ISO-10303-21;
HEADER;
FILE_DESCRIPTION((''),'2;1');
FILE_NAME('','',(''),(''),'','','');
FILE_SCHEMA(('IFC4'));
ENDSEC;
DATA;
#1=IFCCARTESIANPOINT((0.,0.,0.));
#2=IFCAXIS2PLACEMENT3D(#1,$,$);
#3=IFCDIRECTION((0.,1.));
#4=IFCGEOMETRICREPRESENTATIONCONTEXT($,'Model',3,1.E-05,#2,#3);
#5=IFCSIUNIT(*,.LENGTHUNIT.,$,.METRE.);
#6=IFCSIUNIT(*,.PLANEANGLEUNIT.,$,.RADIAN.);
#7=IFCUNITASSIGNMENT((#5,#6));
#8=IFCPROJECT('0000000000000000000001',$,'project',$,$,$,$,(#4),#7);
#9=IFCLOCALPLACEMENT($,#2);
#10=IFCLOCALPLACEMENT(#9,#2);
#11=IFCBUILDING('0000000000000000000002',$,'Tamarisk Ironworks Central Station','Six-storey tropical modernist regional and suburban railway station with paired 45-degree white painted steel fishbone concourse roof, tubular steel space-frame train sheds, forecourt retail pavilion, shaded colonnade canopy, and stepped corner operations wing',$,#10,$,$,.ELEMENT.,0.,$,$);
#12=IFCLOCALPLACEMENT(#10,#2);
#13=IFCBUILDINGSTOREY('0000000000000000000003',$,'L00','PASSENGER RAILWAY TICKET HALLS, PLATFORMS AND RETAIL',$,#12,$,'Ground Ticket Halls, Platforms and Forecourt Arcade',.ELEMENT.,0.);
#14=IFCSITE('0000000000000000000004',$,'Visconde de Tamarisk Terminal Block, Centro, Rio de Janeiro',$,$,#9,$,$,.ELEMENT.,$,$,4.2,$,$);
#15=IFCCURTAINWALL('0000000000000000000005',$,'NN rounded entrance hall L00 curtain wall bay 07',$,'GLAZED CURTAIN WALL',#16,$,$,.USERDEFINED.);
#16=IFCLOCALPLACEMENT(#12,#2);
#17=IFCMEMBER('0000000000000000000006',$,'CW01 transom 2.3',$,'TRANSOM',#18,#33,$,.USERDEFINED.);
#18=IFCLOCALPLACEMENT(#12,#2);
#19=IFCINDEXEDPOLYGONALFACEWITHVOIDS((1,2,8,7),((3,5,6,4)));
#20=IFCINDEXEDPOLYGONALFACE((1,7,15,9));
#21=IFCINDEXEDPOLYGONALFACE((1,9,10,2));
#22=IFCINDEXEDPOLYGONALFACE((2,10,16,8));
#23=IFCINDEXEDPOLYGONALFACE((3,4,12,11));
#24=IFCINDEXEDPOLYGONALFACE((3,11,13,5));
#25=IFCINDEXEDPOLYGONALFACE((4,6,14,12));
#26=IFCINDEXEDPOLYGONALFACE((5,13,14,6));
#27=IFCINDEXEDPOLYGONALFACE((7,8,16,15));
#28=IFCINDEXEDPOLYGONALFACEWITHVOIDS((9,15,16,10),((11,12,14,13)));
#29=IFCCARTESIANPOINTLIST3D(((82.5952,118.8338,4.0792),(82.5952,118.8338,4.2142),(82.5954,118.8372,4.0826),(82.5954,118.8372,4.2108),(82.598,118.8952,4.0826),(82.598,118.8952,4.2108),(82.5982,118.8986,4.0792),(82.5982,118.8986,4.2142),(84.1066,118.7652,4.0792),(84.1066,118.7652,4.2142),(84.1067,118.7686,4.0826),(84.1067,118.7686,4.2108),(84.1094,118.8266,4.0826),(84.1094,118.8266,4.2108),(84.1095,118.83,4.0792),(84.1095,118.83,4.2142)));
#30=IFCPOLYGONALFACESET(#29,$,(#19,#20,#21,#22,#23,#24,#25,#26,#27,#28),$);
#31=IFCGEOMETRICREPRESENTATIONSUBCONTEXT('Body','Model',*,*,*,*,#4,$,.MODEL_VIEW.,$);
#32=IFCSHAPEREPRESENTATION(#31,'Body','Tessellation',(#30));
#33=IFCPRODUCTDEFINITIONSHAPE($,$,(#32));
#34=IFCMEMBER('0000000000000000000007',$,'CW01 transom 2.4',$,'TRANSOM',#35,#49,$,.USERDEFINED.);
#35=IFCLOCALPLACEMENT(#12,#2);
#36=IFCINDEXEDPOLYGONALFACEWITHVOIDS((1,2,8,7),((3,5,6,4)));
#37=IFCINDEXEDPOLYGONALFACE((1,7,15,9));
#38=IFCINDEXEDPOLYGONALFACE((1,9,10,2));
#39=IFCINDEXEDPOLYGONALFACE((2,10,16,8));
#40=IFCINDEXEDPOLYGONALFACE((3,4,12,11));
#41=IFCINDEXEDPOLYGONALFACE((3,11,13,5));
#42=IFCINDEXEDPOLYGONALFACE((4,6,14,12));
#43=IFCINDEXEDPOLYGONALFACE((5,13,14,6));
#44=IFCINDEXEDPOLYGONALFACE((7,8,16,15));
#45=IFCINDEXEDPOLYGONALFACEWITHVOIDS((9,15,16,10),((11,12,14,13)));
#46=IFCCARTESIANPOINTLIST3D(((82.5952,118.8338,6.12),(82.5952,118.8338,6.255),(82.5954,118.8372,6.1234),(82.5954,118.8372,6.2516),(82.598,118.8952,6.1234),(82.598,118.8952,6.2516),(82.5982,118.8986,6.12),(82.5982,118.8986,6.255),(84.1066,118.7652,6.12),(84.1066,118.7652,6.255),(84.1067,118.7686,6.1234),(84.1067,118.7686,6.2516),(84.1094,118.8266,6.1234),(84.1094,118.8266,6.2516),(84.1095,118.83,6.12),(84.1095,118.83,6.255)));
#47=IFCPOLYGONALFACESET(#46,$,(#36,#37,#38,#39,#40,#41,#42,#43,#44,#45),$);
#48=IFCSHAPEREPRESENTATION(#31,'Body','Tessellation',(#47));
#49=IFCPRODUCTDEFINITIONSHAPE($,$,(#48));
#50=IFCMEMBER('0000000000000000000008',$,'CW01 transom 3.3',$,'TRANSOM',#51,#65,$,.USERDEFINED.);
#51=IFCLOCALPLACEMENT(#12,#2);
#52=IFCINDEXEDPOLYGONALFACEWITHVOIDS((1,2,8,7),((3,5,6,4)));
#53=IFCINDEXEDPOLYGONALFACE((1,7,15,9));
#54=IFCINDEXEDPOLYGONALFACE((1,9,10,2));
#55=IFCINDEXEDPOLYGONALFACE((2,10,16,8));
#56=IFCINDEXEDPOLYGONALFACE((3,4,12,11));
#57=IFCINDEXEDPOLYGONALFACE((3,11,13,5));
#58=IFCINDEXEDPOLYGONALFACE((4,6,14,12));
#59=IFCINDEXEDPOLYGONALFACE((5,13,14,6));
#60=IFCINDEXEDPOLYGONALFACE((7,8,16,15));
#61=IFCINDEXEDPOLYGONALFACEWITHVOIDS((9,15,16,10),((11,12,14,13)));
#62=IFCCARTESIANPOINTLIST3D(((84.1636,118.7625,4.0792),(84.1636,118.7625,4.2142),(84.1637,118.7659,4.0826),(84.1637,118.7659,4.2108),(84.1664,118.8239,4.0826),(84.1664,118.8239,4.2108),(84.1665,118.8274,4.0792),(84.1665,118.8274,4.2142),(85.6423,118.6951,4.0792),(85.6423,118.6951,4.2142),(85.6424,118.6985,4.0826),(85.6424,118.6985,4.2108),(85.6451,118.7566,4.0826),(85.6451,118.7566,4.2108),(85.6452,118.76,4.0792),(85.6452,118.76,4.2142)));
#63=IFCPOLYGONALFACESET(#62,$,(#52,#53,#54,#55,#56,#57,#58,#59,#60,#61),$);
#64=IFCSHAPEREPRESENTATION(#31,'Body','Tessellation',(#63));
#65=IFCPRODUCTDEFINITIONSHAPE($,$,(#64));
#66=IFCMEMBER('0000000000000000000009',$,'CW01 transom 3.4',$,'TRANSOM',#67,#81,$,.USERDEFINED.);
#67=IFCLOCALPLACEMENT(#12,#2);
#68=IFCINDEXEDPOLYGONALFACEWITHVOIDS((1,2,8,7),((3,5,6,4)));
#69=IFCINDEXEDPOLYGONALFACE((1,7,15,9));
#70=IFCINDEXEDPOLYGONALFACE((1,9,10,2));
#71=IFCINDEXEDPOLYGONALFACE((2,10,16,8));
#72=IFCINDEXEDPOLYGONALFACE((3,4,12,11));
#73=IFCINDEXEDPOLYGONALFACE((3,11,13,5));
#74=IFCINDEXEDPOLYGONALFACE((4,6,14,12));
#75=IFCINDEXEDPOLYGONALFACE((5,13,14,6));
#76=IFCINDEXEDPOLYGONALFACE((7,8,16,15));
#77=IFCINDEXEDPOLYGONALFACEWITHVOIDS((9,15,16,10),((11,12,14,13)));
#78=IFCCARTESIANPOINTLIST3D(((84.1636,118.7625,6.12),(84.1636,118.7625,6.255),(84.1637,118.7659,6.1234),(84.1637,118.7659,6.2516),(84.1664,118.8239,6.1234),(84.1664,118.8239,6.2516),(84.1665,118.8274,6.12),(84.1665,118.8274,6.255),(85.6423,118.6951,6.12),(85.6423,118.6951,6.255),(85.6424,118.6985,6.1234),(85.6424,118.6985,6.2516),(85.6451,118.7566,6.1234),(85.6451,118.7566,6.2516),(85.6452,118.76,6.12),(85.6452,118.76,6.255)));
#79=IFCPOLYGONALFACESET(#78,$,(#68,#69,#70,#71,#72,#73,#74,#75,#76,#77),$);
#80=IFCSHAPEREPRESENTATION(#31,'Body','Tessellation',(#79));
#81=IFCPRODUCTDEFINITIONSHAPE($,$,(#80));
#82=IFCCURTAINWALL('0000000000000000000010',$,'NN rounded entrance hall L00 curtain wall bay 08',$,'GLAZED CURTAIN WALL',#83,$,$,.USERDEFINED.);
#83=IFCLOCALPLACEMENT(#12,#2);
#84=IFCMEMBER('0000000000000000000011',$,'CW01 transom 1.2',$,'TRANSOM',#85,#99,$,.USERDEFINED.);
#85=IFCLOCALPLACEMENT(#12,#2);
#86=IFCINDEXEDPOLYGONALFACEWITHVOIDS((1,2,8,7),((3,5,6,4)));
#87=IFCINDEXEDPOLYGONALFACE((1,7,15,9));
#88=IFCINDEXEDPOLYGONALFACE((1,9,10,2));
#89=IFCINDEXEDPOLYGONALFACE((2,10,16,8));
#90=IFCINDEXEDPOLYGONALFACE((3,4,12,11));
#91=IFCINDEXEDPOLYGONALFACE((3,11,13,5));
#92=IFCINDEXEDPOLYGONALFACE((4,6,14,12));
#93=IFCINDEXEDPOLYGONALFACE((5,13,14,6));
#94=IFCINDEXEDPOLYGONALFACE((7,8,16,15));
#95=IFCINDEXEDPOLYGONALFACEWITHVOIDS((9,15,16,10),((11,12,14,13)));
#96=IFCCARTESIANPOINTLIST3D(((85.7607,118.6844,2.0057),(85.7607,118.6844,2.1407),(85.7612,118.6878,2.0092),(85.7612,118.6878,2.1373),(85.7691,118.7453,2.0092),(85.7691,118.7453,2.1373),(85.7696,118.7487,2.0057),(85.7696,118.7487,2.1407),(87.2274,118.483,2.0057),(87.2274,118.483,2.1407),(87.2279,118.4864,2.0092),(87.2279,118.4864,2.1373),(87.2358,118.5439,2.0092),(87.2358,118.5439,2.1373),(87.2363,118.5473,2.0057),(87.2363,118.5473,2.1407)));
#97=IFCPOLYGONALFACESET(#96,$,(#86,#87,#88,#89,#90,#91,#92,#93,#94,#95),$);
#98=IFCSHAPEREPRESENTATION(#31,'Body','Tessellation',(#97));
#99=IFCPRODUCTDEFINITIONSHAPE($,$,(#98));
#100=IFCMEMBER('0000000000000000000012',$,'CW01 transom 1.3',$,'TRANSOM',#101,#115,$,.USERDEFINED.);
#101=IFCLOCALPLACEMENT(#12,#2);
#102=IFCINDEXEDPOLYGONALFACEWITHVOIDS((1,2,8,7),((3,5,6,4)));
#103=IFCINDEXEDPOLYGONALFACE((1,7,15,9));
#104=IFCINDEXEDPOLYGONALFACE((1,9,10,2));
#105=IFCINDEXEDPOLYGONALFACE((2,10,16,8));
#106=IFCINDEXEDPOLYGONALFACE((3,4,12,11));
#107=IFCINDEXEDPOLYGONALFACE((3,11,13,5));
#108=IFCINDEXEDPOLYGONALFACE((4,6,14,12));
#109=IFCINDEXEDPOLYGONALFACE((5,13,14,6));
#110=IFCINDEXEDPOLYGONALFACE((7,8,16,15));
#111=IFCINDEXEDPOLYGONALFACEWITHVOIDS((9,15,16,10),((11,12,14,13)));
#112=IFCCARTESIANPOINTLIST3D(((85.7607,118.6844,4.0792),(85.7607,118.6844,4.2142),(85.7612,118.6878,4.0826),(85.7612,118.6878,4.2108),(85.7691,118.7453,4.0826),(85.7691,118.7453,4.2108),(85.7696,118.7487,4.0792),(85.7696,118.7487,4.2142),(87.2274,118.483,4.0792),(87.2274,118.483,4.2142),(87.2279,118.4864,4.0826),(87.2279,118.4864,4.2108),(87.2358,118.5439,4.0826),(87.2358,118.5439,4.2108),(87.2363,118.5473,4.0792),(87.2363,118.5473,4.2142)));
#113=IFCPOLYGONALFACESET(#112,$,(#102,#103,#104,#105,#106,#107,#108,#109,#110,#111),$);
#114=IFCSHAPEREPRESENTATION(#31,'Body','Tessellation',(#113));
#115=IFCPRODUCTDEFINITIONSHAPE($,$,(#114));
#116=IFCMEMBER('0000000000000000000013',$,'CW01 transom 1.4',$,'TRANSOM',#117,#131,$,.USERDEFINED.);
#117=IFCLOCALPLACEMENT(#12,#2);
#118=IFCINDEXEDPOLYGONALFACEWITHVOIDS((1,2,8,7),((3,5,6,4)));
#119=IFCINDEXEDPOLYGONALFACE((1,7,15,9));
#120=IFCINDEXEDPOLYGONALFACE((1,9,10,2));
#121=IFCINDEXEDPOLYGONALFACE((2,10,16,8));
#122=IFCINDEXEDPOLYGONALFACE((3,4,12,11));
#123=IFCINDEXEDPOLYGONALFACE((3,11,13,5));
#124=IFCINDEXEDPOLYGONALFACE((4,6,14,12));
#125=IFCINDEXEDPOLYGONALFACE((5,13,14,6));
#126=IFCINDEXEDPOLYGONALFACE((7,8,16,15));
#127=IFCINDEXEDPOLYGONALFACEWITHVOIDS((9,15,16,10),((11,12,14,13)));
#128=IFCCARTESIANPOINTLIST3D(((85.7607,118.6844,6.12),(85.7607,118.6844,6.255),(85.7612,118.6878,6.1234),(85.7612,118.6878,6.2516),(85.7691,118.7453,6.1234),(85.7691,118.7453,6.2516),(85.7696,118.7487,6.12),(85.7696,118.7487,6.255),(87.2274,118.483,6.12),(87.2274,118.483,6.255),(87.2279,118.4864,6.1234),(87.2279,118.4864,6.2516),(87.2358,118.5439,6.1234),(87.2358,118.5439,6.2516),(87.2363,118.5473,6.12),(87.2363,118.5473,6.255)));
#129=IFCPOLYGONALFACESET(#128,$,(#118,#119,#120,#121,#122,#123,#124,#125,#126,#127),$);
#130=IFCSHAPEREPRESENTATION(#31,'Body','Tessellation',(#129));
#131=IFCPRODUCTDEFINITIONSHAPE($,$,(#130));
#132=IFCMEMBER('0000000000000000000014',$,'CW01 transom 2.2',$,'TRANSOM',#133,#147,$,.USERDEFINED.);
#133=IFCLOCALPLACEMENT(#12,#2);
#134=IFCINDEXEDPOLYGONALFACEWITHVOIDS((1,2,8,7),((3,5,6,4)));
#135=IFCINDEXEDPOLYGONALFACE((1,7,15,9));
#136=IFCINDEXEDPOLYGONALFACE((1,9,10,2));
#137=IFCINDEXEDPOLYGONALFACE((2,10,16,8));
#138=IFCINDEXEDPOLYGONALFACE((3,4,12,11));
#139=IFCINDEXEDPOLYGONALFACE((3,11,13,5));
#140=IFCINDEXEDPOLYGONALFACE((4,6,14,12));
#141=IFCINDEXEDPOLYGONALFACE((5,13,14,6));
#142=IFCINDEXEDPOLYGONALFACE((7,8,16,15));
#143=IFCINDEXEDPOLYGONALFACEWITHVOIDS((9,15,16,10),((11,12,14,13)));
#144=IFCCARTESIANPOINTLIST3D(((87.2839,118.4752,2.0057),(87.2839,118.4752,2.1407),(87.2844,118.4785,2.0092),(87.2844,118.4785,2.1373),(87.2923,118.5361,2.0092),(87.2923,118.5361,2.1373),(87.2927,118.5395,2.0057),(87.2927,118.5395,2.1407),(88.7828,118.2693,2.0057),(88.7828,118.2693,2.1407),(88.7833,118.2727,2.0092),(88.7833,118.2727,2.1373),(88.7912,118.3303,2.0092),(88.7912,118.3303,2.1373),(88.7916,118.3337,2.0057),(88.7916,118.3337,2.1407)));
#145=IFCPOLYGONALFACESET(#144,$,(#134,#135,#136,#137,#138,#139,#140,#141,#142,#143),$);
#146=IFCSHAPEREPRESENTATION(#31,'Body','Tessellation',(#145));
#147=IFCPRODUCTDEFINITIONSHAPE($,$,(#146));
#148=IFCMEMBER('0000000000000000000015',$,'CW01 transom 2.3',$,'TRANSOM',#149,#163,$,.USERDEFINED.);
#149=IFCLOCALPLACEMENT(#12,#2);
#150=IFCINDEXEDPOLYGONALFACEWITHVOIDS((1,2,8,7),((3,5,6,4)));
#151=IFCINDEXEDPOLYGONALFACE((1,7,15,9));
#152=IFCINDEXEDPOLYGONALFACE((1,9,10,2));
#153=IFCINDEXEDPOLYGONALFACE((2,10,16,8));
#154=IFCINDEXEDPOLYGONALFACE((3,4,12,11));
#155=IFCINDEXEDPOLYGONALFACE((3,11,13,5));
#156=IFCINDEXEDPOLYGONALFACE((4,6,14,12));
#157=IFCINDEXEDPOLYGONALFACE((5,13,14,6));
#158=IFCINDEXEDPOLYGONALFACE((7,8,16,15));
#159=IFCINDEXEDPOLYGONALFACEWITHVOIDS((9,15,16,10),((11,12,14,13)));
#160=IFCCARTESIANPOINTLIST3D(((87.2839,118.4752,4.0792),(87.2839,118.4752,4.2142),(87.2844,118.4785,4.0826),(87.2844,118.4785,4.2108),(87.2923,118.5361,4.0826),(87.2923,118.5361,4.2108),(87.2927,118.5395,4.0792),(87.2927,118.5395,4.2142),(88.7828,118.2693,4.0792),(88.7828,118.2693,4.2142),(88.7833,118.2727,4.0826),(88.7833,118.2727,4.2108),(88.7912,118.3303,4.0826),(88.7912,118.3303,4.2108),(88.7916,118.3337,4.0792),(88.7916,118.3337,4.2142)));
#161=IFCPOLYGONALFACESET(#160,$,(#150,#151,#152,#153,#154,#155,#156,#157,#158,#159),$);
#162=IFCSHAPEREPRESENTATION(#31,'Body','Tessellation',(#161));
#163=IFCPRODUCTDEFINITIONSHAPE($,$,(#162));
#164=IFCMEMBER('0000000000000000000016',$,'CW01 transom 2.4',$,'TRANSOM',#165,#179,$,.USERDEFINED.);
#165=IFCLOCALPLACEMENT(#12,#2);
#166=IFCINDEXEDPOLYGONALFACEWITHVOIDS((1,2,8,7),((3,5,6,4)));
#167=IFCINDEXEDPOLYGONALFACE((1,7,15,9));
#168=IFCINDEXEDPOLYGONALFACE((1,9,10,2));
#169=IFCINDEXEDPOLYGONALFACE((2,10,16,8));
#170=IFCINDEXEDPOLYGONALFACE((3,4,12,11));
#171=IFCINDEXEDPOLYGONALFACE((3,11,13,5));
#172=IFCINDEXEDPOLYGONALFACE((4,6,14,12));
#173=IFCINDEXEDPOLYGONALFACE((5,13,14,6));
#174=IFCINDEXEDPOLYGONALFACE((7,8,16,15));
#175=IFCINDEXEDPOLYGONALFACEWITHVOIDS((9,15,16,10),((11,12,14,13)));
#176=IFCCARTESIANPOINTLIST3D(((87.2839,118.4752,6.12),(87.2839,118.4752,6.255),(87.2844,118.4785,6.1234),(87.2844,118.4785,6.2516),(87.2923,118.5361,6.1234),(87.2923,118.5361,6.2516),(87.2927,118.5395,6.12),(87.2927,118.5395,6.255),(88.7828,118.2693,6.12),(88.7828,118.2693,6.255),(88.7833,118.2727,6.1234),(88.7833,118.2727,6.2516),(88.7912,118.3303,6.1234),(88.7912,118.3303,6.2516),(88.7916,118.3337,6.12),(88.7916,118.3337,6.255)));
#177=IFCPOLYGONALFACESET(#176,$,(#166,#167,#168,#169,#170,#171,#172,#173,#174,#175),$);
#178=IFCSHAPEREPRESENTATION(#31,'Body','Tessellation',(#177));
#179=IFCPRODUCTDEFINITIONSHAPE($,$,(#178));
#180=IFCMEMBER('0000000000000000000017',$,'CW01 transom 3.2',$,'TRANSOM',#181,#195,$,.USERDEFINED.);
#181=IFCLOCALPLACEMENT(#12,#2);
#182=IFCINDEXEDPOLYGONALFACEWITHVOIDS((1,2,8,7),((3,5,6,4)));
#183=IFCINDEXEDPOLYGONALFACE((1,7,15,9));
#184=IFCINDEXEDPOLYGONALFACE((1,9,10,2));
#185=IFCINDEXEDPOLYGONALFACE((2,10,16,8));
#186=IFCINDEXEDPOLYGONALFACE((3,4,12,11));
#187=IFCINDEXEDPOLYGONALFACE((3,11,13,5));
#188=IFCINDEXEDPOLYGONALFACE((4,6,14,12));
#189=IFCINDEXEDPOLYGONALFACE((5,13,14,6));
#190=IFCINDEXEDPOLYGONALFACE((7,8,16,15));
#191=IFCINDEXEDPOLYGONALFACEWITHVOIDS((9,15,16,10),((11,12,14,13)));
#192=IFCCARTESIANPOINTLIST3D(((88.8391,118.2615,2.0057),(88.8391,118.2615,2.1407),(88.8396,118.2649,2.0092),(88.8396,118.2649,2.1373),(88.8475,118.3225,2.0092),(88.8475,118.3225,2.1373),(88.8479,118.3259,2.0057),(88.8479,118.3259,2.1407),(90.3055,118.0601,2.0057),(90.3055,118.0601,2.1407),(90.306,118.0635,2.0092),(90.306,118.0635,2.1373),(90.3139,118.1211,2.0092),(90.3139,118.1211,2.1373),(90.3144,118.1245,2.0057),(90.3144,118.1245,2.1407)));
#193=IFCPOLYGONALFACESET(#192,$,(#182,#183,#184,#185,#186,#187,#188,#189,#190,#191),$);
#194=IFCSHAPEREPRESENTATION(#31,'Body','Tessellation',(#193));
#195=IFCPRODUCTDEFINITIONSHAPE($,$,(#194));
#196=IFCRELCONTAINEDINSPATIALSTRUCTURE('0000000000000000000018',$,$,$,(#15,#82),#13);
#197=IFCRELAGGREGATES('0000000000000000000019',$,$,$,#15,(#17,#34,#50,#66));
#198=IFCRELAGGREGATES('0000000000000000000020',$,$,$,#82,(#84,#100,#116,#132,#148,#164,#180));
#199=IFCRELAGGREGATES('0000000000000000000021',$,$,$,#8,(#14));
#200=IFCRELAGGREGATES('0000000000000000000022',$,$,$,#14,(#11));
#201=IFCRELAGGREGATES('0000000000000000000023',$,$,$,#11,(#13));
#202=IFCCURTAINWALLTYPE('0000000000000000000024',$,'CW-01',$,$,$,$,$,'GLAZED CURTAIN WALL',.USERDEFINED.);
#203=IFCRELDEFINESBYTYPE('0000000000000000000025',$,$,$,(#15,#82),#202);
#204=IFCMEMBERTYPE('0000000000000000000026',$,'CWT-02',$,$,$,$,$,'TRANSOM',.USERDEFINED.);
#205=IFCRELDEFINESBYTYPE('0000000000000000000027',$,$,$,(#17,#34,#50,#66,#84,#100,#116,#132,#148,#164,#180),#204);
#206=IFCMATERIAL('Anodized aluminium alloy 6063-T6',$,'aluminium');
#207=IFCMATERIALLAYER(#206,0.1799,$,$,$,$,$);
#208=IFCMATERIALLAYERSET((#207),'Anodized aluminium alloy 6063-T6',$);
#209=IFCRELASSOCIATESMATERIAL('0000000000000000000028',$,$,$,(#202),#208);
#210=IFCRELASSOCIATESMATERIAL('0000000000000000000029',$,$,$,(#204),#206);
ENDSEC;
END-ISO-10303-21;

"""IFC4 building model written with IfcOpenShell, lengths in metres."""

from ifc_helpers import new_model, si_unit, direction, frame, origin, origin_2d, place, context, subcontext, project, spatial, hollow_rectangle, extrude, material, layer, layer_set, material_profile, profile_set, type_object, element, aggregate, save


model = new_model("IFC4")

# Units and contexts
model_context = context("Model", 3, precision=1e-05, world=origin(), true_north=direction((0.0, 1.0)))
body_context = subcontext(model_context, "Body", "Model", "MODEL_VIEW")
ifc_project = project(units=[si_unit("LENGTHUNIT", "METRE"), si_unit("PLANEANGLEUNIT", "RADIAN")], contexts=[model_context])

# Site, building, storey
site_placement = place(None, origin())
site = spatial("IfcSite", under=ifc_project, at=site_placement, Name="Visconde de Tamarisk Terminal Block, Centro, Rio de Janeiro", CompositionType="ELEMENT", RefElevation=4.2)
building_placement = place(site_placement, origin())
building = spatial("IfcBuilding", under=site, at=building_placement, Name="Tamarisk Ironworks Central Station", Description="Six-storey tropical modernist regional and suburban railway station with paired 45-degree white painted steel fishbone concourse roof, tubular steel space-frame train sheds, forecourt retail pavilion, shaded colonnade canopy, and stepped corner operations wing", CompositionType="ELEMENT", ElevationOfRefHeight=0.0)
storey_placement = place(building_placement, origin())
storey = spatial("IfcBuildingStorey", under=building, at=storey_placement, Name="L00", Description="PASSENGER RAILWAY TICKET HALLS, PLATFORMS AND RETAIL", LongName="Ground Ticket Halls, Platforms and Forecourt Arcade", CompositionType="ELEMENT", Elevation=0.0)

# Curtain walls, members
ifc_material_1 = material(Name="Anodized aluminium alloy 6063-T6", Category="aluminium")
ifc_layer_1 = layer(ifc_material_1, 0.1799)
ifc_layer_set_1 = layer_set([ifc_layer_1], Name="Anodized aluminium alloy 6063-T6")
curtain_wall_type = type_object("IfcCurtainWallType", Name="CW-01", ElementType="GLAZED CURTAIN WALL", PredefinedType="USERDEFINED", material=ifc_layer_set_1)
curtain_wall_1_placement = place(storey_placement, origin())
curtain_wall_1 = element("IfcCurtainWall", 1, at=curtain_wall_1_placement, inside=storey, type_object=curtain_wall_type, Name="NN rounded entrance hall L00 curtain wall bay 07", ObjectType="GLAZED CURTAIN WALL", PredefinedType="USERDEFINED")
ifc_material_profile = material_profile(ifc_material_1, hollow_rectangle(XDim=0.0649, YDim=0.135, WallThickness=0.0034, at=origin_2d()), Name="ALUM 135x65")
ifc_profile_set = profile_set([ifc_material_profile], Name="Anodized aluminium alloy 6063-T6")
member_type = type_object("IfcMemberType", Name="CWT-02", ElementType="TRANSOM", PredefinedType="USERDEFINED", material=ifc_profile_set)
member_1_placement = place(storey_placement, frame((82.5967, 118.8662, 4.1467), z_axis=(0.998972, -0.045342, 0.0), x_axis=(0.045342, 0.998972, 0.0)))
member_1 = element("IfcMember", 2, at=member_1_placement, type_object=member_type, Name="CW01 transom 2.3", ObjectType="TRANSOM", PredefinedType="USERDEFINED", context=body_context, shape_type="SweptSolid", body=[
    extrude(hollow_rectangle(XDim=0.0649, YDim=0.135, WallThickness=0.0034, at=origin_2d()), origin(), (0.0, 0.0, 1.0), 1.5129),
])
member_2_placement = place(storey_placement, frame((82.5967, 118.8662, 6.1875), z_axis=(0.998972, -0.045342, 0.0), x_axis=(0.045342, 0.998972, 0.0)))
member_2 = element("IfcMember", 3, at=member_2_placement, type_object=member_type, Name="CW01 transom 2.4", ObjectType="TRANSOM", PredefinedType="USERDEFINED", context=body_context, shape_type="SweptSolid", body=[
    extrude(hollow_rectangle(XDim=0.0649, YDim=0.135, WallThickness=0.0034, at=origin_2d()), origin(), (0.0, 0.0, 1.0), 1.5129),
])
member_3_placement = place(storey_placement, frame((84.165, 118.7949, 4.1467), z_axis=(0.998963, -0.04552, 0.0), x_axis=(0.04552, 0.998963, 0.0)))
member_3 = element("IfcMember", 4, at=member_3_placement, type_object=member_type, Name="CW01 transom 3.3", ObjectType="TRANSOM", PredefinedType="USERDEFINED", context=body_context, shape_type="SweptSolid", body=[
    extrude(hollow_rectangle(XDim=0.0649, YDim=0.135, WallThickness=0.0034, at=origin_2d()), origin(), (0.0, 0.0, 1.0), 1.4802),
])
member_4_placement = place(storey_placement, frame((84.165, 118.7949, 6.1875), z_axis=(0.998963, -0.04552, 0.0), x_axis=(0.04552, 0.998963, 0.0)))
member_4 = element("IfcMember", 5, at=member_4_placement, type_object=member_type, Name="CW01 transom 3.4", ObjectType="TRANSOM", PredefinedType="USERDEFINED", context=body_context, shape_type="SweptSolid", body=[
    extrude(hollow_rectangle(XDim=0.0649, YDim=0.135, WallThickness=0.0034, at=origin_2d()), origin(), (0.0, 0.0, 1.0), 1.4802),
])
curtain_wall_2_placement = place(storey_placement, origin())
curtain_wall_2 = element("IfcCurtainWall", 6, at=curtain_wall_2_placement, inside=storey, type_object=curtain_wall_type, Name="NN rounded entrance hall L00 curtain wall bay 08", ObjectType="GLAZED CURTAIN WALL", PredefinedType="USERDEFINED")
member_5_placement = place(storey_placement, frame((85.7651, 118.7166, 2.0732), z_axis=(0.990703, -0.13604, 0.0), x_axis=(0.13604, 0.990703, 0.0)))
member_5 = element("IfcMember", 7, at=member_5_placement, type_object=member_type, Name="CW01 transom 1.2", ObjectType="TRANSOM", PredefinedType="USERDEFINED", context=body_context, shape_type="SweptSolid", body=[
    extrude(hollow_rectangle(XDim=0.0649, YDim=0.135, WallThickness=0.0034, at=origin_2d()), origin(), (0.0, 0.0, 1.0), 1.4805),
])
member_6_placement = place(storey_placement, frame((85.7651, 118.7166, 4.1467), z_axis=(0.990703, -0.13604, 0.0), x_axis=(0.13604, 0.990703, 0.0)))
member_6 = element("IfcMember", 8, at=member_6_placement, type_object=member_type, Name="CW01 transom 1.3", ObjectType="TRANSOM", PredefinedType="USERDEFINED", context=body_context, shape_type="SweptSolid", body=[
    extrude(hollow_rectangle(XDim=0.0649, YDim=0.135, WallThickness=0.0034, at=origin_2d()), origin(), (0.0, 0.0, 1.0), 1.4805),
])
member_7_placement = place(storey_placement, frame((85.7651, 118.7166, 6.1875), z_axis=(0.990703, -0.13604, 0.0), x_axis=(0.13604, 0.990703, 0.0)))
member_7 = element("IfcMember", 9, at=member_7_placement, type_object=member_type, Name="CW01 transom 1.4", ObjectType="TRANSOM", PredefinedType="USERDEFINED", context=body_context, shape_type="SweptSolid", body=[
    extrude(hollow_rectangle(XDim=0.0649, YDim=0.135, WallThickness=0.0034, at=origin_2d()), origin(), (0.0, 0.0, 1.0), 1.4805),
])
member_8_placement = place(storey_placement, frame((87.2883, 118.5073, 2.0732), z_axis=(0.990703, -0.136042, 0.0), x_axis=(0.136042, 0.990703, 0.0)))
member_8 = element("IfcMember", 10, at=member_8_placement, type_object=member_type, Name="CW01 transom 2.2", ObjectType="TRANSOM", PredefinedType="USERDEFINED", context=body_context, shape_type="SweptSolid", body=[
    extrude(hollow_rectangle(XDim=0.0649, YDim=0.135, WallThickness=0.0034, at=origin_2d()), origin(), (0.0, 0.0, 1.0), 1.5129),
])
member_9_placement = place(storey_placement, frame((87.2883, 118.5073, 4.1467), z_axis=(0.990703, -0.136042, 0.0), x_axis=(0.136042, 0.990703, 0.0)))
member_9 = element("IfcMember", 11, at=member_9_placement, type_object=member_type, Name="CW01 transom 2.3", ObjectType="TRANSOM", PredefinedType="USERDEFINED", context=body_context, shape_type="SweptSolid", body=[
    extrude(hollow_rectangle(XDim=0.0649, YDim=0.135, WallThickness=0.0034, at=origin_2d()), origin(), (0.0, 0.0, 1.0), 1.5129),
])
member_10_placement = place(storey_placement, frame((87.2883, 118.5073, 6.1875), z_axis=(0.990703, -0.136042, 0.0), x_axis=(0.136042, 0.990703, 0.0)))
member_10 = element("IfcMember", 12, at=member_10_placement, type_object=member_type, Name="CW01 transom 2.4", ObjectType="TRANSOM", PredefinedType="USERDEFINED", context=body_context, shape_type="SweptSolid", body=[
    extrude(hollow_rectangle(XDim=0.0649, YDim=0.135, WallThickness=0.0034, at=origin_2d()), origin(), (0.0, 0.0, 1.0), 1.5129),
])
member_11_placement = place(storey_placement, frame((88.8435, 118.2937, 2.0732), z_axis=(0.9907, -0.136063, 0.0), x_axis=(0.136063, 0.9907, 0.0)))
member_11 = element("IfcMember", 13, at=member_11_placement, type_object=member_type, Name="CW01 transom 3.2", ObjectType="TRANSOM", PredefinedType="USERDEFINED", context=body_context, shape_type="SweptSolid", body=[
    extrude(hollow_rectangle(XDim=0.0649, YDim=0.135, WallThickness=0.0034, at=origin_2d()), origin(), (0.0, 0.0, 1.0), 1.4802),
])

aggregate(curtain_wall_1, [member_1, member_2, member_3, member_4])
aggregate(curtain_wall_2, [member_5, member_6, member_7, member_8, member_9, member_10, member_11])

save(model, "model.ifc")
